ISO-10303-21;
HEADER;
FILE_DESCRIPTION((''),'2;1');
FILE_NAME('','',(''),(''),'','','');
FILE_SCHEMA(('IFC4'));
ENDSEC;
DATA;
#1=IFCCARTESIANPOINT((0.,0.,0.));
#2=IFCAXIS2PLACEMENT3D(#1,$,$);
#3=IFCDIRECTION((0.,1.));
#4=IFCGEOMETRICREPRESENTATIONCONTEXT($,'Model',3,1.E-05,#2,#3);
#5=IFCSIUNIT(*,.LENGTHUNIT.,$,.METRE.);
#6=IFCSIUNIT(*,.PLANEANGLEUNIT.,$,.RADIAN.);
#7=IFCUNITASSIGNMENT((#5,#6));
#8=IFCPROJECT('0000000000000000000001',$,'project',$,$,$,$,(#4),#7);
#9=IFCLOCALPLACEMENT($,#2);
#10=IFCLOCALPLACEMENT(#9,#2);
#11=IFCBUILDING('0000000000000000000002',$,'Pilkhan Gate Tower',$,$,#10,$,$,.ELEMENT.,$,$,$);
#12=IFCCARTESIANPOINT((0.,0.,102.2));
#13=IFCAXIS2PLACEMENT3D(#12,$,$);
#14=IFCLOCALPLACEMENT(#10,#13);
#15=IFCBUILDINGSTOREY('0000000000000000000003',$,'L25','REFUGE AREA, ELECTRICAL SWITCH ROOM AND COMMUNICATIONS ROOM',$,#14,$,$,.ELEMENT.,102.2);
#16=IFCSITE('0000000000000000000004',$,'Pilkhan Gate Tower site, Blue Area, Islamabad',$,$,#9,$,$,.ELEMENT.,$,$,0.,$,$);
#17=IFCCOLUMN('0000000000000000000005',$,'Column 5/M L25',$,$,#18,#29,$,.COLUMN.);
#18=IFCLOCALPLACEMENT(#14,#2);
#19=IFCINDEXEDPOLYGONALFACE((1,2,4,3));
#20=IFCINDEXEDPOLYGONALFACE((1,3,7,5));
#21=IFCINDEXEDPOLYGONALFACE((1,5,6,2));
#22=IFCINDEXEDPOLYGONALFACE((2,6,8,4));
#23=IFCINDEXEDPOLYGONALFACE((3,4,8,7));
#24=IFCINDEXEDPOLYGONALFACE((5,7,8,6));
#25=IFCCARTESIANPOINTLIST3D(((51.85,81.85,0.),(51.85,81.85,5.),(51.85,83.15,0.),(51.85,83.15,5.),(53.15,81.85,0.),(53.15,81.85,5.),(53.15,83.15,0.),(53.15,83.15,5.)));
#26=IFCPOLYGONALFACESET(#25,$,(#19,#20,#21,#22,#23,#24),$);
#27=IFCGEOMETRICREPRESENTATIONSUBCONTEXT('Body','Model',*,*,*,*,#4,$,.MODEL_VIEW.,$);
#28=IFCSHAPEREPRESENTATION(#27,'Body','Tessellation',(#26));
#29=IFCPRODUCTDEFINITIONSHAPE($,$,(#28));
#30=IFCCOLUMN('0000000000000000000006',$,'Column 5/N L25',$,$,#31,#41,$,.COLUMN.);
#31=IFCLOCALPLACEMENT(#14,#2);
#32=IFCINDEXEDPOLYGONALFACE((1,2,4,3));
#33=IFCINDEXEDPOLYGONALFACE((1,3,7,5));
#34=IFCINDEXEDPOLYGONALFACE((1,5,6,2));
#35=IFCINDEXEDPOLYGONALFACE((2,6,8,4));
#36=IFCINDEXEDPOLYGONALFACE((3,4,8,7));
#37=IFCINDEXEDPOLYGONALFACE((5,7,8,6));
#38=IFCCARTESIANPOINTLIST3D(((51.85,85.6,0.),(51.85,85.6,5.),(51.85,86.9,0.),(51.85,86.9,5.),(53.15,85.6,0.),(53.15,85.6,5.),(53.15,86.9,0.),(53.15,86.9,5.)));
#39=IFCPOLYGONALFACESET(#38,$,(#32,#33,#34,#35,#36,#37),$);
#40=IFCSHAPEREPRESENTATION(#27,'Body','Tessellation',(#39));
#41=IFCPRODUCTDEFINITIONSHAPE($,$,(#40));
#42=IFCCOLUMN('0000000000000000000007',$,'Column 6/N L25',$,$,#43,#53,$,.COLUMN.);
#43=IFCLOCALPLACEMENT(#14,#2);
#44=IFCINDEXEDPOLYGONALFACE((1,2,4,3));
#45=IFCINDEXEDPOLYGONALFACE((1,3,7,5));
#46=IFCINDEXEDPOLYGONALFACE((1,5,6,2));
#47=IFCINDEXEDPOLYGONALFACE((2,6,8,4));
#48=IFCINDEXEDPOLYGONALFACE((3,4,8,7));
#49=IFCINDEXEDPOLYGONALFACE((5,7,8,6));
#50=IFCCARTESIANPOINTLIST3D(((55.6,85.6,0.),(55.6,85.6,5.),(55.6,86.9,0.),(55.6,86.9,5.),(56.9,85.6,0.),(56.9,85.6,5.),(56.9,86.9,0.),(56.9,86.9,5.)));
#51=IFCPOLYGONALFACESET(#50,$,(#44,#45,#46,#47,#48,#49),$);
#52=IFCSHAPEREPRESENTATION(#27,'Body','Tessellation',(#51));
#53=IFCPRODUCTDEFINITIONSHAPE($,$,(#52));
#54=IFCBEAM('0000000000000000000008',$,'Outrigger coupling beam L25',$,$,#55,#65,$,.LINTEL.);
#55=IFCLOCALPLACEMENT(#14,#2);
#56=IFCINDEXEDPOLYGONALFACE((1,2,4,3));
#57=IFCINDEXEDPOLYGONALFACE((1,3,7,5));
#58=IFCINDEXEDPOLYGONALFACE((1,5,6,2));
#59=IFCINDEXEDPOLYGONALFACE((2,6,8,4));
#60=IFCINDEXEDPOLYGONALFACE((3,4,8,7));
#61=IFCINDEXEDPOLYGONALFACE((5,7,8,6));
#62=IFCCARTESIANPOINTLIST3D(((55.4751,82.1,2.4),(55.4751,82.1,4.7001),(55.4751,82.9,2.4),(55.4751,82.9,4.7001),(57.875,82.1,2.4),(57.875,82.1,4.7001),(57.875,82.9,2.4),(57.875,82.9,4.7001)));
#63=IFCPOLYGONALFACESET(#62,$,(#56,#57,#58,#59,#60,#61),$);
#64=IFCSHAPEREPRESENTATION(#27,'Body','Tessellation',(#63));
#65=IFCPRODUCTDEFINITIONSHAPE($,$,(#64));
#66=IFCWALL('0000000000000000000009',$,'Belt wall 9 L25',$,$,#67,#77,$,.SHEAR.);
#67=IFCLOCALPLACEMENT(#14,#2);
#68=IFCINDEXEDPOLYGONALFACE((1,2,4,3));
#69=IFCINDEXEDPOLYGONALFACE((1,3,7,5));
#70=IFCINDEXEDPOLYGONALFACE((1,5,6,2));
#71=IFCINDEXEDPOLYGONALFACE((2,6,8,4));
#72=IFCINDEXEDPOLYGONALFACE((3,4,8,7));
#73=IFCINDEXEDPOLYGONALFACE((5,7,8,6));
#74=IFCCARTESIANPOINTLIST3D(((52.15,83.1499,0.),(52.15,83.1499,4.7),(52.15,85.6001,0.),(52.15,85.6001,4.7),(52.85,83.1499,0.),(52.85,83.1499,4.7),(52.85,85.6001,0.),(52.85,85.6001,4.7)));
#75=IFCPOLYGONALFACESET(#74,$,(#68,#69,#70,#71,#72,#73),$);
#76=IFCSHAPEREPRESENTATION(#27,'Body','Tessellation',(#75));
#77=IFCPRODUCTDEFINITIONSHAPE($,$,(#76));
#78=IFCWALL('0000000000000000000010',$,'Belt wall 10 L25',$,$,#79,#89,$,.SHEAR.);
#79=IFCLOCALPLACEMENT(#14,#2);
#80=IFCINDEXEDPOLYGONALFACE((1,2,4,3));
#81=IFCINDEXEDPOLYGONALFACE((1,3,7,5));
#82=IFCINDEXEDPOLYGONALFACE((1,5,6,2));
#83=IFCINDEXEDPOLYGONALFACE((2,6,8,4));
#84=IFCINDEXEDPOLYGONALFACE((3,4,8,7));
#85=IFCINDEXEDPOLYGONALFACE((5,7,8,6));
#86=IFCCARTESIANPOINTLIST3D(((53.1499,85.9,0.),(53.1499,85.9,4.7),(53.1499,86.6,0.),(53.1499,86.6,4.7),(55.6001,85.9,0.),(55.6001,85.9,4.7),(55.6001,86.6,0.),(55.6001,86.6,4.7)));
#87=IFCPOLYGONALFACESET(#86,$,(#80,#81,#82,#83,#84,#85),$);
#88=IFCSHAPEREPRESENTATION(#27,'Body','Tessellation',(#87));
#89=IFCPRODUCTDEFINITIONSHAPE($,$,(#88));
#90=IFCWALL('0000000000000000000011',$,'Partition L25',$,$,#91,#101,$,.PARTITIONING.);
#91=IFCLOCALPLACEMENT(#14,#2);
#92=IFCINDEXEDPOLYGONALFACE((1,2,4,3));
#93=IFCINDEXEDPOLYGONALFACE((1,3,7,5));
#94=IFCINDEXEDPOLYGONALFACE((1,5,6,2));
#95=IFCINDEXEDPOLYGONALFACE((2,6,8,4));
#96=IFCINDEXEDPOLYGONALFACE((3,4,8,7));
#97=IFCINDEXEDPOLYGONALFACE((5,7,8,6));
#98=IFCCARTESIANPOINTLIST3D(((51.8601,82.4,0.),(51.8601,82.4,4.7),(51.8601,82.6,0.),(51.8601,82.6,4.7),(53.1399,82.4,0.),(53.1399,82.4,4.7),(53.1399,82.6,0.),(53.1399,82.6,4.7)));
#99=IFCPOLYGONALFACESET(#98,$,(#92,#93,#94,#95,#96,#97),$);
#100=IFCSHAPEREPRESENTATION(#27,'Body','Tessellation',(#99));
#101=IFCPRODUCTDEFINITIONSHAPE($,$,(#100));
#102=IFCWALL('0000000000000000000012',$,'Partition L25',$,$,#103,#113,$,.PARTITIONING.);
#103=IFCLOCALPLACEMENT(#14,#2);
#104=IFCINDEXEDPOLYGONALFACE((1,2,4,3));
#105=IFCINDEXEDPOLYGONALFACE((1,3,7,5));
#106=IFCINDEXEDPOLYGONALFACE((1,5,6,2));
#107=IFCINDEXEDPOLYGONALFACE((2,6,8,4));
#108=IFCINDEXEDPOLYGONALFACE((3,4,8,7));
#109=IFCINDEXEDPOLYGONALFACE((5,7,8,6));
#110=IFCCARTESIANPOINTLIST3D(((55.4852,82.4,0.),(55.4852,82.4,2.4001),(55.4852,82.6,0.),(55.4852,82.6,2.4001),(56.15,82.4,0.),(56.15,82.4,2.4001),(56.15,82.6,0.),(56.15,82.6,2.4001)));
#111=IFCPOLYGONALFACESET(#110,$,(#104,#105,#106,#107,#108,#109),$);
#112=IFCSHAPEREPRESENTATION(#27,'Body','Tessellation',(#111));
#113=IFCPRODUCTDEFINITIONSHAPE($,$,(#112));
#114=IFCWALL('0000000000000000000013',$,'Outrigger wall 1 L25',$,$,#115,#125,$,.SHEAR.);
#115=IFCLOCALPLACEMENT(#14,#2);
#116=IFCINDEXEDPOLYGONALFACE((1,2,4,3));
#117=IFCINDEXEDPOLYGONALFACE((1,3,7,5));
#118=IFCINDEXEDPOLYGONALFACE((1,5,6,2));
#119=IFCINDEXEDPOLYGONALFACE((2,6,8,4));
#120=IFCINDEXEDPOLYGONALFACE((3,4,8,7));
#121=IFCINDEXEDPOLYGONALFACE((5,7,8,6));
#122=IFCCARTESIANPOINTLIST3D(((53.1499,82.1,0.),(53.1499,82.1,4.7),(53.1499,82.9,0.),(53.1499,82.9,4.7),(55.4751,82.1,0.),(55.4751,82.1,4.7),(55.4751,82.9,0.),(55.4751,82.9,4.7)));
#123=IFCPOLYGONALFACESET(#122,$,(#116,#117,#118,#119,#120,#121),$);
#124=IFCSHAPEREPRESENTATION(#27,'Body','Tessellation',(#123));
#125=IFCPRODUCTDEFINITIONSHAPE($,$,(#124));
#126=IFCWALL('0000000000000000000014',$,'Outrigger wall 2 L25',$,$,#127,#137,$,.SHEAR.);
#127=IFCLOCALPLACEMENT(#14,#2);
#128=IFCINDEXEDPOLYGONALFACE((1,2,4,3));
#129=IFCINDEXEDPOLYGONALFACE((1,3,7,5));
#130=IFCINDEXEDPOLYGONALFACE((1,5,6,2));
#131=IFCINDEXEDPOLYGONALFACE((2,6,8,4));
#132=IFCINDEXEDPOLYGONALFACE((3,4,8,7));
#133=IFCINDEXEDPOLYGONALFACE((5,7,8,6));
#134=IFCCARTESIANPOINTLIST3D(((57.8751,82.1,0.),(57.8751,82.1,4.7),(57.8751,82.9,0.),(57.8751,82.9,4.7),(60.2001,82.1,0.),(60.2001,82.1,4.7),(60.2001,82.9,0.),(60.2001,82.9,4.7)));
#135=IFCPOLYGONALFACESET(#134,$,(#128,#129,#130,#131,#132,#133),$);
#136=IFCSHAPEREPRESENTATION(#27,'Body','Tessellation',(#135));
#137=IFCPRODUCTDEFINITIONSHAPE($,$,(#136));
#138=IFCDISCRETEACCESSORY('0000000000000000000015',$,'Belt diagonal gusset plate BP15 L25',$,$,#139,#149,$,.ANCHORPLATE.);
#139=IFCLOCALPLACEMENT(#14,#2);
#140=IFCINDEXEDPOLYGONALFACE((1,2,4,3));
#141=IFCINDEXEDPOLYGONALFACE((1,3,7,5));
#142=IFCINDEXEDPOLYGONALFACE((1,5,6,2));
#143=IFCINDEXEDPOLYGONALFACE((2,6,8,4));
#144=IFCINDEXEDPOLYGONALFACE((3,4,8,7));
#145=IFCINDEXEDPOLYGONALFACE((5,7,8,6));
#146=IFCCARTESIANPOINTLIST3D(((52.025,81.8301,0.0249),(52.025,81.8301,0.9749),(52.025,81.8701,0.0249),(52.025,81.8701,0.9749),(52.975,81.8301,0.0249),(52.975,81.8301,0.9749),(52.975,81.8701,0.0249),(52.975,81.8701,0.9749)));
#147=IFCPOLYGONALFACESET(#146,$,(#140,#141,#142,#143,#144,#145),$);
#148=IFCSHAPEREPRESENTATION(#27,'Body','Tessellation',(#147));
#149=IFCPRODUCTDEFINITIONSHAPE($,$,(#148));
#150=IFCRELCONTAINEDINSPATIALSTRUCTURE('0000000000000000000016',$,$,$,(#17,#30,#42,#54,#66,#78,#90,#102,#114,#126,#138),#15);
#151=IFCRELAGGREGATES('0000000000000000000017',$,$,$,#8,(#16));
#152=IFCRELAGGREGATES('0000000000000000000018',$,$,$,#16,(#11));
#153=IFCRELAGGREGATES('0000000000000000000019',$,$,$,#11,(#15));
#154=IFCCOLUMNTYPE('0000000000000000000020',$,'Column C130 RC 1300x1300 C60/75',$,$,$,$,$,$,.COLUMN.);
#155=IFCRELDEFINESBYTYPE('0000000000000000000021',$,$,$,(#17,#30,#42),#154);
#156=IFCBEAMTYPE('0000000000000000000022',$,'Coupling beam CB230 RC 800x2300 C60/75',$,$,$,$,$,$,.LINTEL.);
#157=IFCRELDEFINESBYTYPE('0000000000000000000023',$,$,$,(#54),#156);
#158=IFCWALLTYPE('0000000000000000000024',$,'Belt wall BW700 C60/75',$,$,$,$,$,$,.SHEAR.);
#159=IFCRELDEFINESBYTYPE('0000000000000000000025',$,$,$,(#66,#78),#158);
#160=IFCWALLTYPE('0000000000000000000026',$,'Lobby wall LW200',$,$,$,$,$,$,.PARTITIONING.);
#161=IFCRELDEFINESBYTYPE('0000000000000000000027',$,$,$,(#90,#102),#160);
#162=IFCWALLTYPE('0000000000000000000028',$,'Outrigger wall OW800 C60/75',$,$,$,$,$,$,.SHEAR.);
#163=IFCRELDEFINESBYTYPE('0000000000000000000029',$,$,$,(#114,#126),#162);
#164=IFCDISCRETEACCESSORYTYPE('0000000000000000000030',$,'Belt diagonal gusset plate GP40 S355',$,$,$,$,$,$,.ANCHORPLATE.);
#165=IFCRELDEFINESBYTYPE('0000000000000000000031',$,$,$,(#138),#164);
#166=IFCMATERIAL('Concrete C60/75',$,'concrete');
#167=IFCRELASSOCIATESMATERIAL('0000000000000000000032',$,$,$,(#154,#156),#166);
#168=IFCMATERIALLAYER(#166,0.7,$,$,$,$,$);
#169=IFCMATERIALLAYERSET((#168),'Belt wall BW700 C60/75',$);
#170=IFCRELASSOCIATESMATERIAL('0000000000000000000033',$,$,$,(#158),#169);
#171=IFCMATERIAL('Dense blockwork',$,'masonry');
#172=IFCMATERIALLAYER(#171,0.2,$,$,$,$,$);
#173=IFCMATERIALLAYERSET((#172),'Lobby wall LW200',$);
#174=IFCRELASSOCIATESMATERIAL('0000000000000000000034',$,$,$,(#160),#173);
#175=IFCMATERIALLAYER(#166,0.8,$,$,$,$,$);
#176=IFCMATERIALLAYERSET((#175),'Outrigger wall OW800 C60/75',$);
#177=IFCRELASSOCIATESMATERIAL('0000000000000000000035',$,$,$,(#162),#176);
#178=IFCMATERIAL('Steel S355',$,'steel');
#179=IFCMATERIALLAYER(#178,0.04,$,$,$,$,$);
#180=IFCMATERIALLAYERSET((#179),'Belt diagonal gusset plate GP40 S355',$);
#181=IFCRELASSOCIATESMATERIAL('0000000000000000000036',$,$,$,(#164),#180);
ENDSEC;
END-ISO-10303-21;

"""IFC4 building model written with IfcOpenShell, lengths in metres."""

from ifc_helpers import new_model, si_unit, direction, frame, frame_2d, origin, origin_2d, place, context, subcontext, project, spatial, rectangle, extrude, material, layer, layer_set, material_profile, profile_set, type_object, element, save


model = new_model("IFC4")

# Units and contexts
model_context = context("Model", 3, precision=1e-05, world=origin(), true_north=direction((0.0, 1.0)))
body_context = subcontext(model_context, "Body", "Model", "MODEL_VIEW")
ifc_project = project(units=[si_unit("LENGTHUNIT", "METRE"), si_unit("PLANEANGLEUNIT", "RADIAN")], contexts=[model_context])

# Site, building, storey
site_placement = place(None, origin())
site = spatial("IfcSite", under=ifc_project, at=site_placement, Name="Pilkhan Gate Tower site, Blue Area, Islamabad", CompositionType="ELEMENT", RefElevation=0.0)
building_placement = place(site_placement, origin())
building = spatial("IfcBuilding", under=site, at=building_placement, Name="Pilkhan Gate Tower", CompositionType="ELEMENT")
storey_placement = place(building_placement, frame((0.0, 0.0, 102.2)))
storey = spatial("IfcBuildingStorey", under=building, at=storey_placement, Name="L25", Description="REFUGE AREA, ELECTRICAL SWITCH ROOM AND COMMUNICATIONS ROOM", CompositionType="ELEMENT", Elevation=102.2)

# Columns
ifc_material_1 = material(Name="Concrete C60/75", Category="concrete")
ifc_material_profile_1 = material_profile(ifc_material_1, rectangle(XDim=1.3, YDim=1.3, at=origin_2d()), Name="RC 1300x1300")
ifc_profile_set_1 = profile_set([ifc_material_profile_1], Name="Concrete C60/75")
column_type = type_object("IfcColumnType", Name="Column C130 RC 1300x1300 C60/75", PredefinedType="COLUMN", material=ifc_profile_set_1)
for number, where, z_axis, x_axis, name in (
    (1, (52.5, 82.5, 0.0), (0.0, 0.0, 1.0), (1.0, 0.0, 0.0), "Column 5/M L25"),
    (2, (52.5, 86.25, 0.0), (0.0, 0.0, 1.0), (1.0, 0.0, 0.0), "Column 5/N L25"),
    (3, (56.25, 86.25, 0.0), (0.0, 0.0, 1.0), (1.0, 0.0, 0.0), "Column 6/N L25"),
):
    element("IfcColumn", number, at=place(storey_placement, frame(where, z_axis=z_axis, x_axis=x_axis)), inside=storey, type_object=column_type, Name=name, PredefinedType="COLUMN", context=body_context, shape_type="SweptSolid", body=[
        extrude(rectangle(XDim=1.3, YDim=1.3, at=origin_2d()), origin(), (0.0, 0.0, 1.0), 5.0),
    ])

# Beam
ifc_material_profile_2 = material_profile(ifc_material_1, rectangle(XDim=0.8, YDim=2.3, at=origin_2d()), Name="RC 800x2300")
ifc_profile_set_2 = profile_set([ifc_material_profile_2], Name="Concrete C60/75")
beam_type = type_object("IfcBeamType", Name="Coupling beam CB230 RC 800x2300 C60/75", PredefinedType="LINTEL", material=ifc_profile_set_2)
beam_placement = place(storey_placement, frame((55.4751, 82.5, 3.55), z_axis=(1.0, 0.0, 0.0), x_axis=(0.0, 1.0, 0.0)))
element("IfcBeam", 4, at=beam_placement, inside=storey, type_object=beam_type, Name="Outrigger coupling beam L25", PredefinedType="LINTEL", context=body_context, shape_type="SweptSolid", body=[
    extrude(rectangle(XDim=0.8, YDim=2.3, at=origin_2d()), origin(), (0.0, 0.0, 1.0), 2.3999),
])

# Walls
ifc_layer_1 = layer(ifc_material_1, 0.7)
ifc_layer_set_1 = layer_set([ifc_layer_1], Name="Belt wall BW700 C60/75")
wall_type_1 = type_object("IfcWallType", Name="Belt wall BW700 C60/75", PredefinedType="SHEAR", material=ifc_layer_set_1)
for number, where, z_axis, x_axis, name in (
    (5, (52.5, 83.1499, 0.0), (0.0, 0.0, 1.0), (0.0, 1.0, 0.0), "Belt wall 9 L25"),
    (6, (53.1499, 86.25, 0.0), (0.0, 0.0, 1.0), (1.0, 0.0, 0.0), "Belt wall 10 L25"),
):
    element("IfcWall", number, at=place(storey_placement, frame(where, z_axis=z_axis, x_axis=x_axis)), inside=storey, type_object=wall_type_1, Name=name, PredefinedType="SHEAR", context=body_context, shape_type="SweptSolid", body=[
        extrude(rectangle(XDim=2.4502, YDim=0.7, at=frame_2d((1.2251, 0.0))), origin(), (0.0, 0.0, 1.0), 4.7),
    ])
ifc_material_2 = material(Name="Dense blockwork", Category="masonry")
ifc_layer_2 = layer(ifc_material_2, 0.2)
ifc_layer_set_2 = layer_set([ifc_layer_2], Name="Lobby wall LW200")
wall_type_2 = type_object("IfcWallType", Name="Lobby wall LW200", PredefinedType="PARTITIONING", material=ifc_layer_set_2)
wall_1_placement = place(storey_placement, frame((51.8601, 82.5, 0.0), z_axis=(0.0, 0.0, 1.0), x_axis=(1.0, 0.0, 0.0)))
element("IfcWall", 7, at=wall_1_placement, inside=storey, type_object=wall_type_2, Name="Partition L25", PredefinedType="PARTITIONING", context=body_context, shape_type="SweptSolid", body=[
    extrude(rectangle(XDim=1.2798, YDim=0.2, at=frame_2d((0.6399, 0.0))), origin(), (0.0, 0.0, 1.0), 4.7),
])
wall_2_placement = place(storey_placement, frame((55.4851, 82.5, 0.0), z_axis=(0.0, 0.0, 1.0), x_axis=(1.0, 0.0, 0.0)))
element("IfcWall", 8, at=wall_2_placement, inside=storey, type_object=wall_type_2, Name="Partition L25", PredefinedType="PARTITIONING", context=body_context, shape_type="SweptSolid", body=[
    extrude(rectangle(XDim=0.6648, YDim=0.2, at=frame_2d((0.3325, 0.0))), origin(), (0.0, 0.0, 1.0), 2.4001),
])
ifc_layer_3 = layer(ifc_material_1, 0.8)
ifc_layer_set_3 = layer_set([ifc_layer_3], Name="Outrigger wall OW800 C60/75")
wall_type_3 = type_object("IfcWallType", Name="Outrigger wall OW800 C60/75", PredefinedType="SHEAR", material=ifc_layer_set_3)
wall_3_placement = place(storey_placement, frame((53.1499, 82.5, 0.0), z_axis=(0.0, 0.0, 1.0), x_axis=(1.0, 0.0, 0.0)))
element("IfcWall", 9, at=wall_3_placement, inside=storey, type_object=wall_type_3, Name="Outrigger wall 1 L25", PredefinedType="SHEAR", context=body_context, shape_type="SweptSolid", body=[
    extrude(rectangle(XDim=2.3252, YDim=0.8, at=frame_2d((1.1626, 0.0))), origin(), (0.0, 0.0, 1.0), 4.7),
])
wall_4_placement = place(storey_placement, frame((57.875, 82.5, 0.0), z_axis=(0.0, 0.0, 1.0), x_axis=(1.0, 0.0, 0.0)))
element("IfcWall", 10, at=wall_4_placement, inside=storey, type_object=wall_type_3, Name="Outrigger wall 2 L25", PredefinedType="SHEAR", context=body_context, shape_type="SweptSolid", body=[
    extrude(rectangle(XDim=2.325, YDim=0.8, at=frame_2d((1.1626, 0.0))), origin(), (0.0, 0.0, 1.0), 4.7),
])

# Discrete accessory
ifc_material_3 = material(Name="Steel S355", Category="steel")
ifc_layer_4 = layer(ifc_material_3, 0.04)
ifc_layer_set_4 = layer_set([ifc_layer_4], Name="Belt diagonal gusset plate GP40 S355")
discrete_accessory_type = type_object("IfcDiscreteAccessoryType", Name="Belt diagonal gusset plate GP40 S355", PredefinedType="ANCHORPLATE", material=ifc_layer_set_4)
discrete_accessory_placement = place(storey_placement, frame((52.5, 81.8501, 0.0249), z_axis=(0.0, 0.0, 1.0), x_axis=(0.0, 1.0, 0.0)))
element("IfcDiscreteAccessory", 11, at=discrete_accessory_placement, inside=storey, type_object=discrete_accessory_type, Name="Belt diagonal gusset plate BP15 L25", PredefinedType="ANCHORPLATE", context=body_context, shape_type="SweptSolid", body=[
    extrude(rectangle(XDim=0.04, YDim=0.95, at=origin_2d()), origin(), (0.0, 0.0, 1.0), 0.95),
])

save(model, "model.ifc")
